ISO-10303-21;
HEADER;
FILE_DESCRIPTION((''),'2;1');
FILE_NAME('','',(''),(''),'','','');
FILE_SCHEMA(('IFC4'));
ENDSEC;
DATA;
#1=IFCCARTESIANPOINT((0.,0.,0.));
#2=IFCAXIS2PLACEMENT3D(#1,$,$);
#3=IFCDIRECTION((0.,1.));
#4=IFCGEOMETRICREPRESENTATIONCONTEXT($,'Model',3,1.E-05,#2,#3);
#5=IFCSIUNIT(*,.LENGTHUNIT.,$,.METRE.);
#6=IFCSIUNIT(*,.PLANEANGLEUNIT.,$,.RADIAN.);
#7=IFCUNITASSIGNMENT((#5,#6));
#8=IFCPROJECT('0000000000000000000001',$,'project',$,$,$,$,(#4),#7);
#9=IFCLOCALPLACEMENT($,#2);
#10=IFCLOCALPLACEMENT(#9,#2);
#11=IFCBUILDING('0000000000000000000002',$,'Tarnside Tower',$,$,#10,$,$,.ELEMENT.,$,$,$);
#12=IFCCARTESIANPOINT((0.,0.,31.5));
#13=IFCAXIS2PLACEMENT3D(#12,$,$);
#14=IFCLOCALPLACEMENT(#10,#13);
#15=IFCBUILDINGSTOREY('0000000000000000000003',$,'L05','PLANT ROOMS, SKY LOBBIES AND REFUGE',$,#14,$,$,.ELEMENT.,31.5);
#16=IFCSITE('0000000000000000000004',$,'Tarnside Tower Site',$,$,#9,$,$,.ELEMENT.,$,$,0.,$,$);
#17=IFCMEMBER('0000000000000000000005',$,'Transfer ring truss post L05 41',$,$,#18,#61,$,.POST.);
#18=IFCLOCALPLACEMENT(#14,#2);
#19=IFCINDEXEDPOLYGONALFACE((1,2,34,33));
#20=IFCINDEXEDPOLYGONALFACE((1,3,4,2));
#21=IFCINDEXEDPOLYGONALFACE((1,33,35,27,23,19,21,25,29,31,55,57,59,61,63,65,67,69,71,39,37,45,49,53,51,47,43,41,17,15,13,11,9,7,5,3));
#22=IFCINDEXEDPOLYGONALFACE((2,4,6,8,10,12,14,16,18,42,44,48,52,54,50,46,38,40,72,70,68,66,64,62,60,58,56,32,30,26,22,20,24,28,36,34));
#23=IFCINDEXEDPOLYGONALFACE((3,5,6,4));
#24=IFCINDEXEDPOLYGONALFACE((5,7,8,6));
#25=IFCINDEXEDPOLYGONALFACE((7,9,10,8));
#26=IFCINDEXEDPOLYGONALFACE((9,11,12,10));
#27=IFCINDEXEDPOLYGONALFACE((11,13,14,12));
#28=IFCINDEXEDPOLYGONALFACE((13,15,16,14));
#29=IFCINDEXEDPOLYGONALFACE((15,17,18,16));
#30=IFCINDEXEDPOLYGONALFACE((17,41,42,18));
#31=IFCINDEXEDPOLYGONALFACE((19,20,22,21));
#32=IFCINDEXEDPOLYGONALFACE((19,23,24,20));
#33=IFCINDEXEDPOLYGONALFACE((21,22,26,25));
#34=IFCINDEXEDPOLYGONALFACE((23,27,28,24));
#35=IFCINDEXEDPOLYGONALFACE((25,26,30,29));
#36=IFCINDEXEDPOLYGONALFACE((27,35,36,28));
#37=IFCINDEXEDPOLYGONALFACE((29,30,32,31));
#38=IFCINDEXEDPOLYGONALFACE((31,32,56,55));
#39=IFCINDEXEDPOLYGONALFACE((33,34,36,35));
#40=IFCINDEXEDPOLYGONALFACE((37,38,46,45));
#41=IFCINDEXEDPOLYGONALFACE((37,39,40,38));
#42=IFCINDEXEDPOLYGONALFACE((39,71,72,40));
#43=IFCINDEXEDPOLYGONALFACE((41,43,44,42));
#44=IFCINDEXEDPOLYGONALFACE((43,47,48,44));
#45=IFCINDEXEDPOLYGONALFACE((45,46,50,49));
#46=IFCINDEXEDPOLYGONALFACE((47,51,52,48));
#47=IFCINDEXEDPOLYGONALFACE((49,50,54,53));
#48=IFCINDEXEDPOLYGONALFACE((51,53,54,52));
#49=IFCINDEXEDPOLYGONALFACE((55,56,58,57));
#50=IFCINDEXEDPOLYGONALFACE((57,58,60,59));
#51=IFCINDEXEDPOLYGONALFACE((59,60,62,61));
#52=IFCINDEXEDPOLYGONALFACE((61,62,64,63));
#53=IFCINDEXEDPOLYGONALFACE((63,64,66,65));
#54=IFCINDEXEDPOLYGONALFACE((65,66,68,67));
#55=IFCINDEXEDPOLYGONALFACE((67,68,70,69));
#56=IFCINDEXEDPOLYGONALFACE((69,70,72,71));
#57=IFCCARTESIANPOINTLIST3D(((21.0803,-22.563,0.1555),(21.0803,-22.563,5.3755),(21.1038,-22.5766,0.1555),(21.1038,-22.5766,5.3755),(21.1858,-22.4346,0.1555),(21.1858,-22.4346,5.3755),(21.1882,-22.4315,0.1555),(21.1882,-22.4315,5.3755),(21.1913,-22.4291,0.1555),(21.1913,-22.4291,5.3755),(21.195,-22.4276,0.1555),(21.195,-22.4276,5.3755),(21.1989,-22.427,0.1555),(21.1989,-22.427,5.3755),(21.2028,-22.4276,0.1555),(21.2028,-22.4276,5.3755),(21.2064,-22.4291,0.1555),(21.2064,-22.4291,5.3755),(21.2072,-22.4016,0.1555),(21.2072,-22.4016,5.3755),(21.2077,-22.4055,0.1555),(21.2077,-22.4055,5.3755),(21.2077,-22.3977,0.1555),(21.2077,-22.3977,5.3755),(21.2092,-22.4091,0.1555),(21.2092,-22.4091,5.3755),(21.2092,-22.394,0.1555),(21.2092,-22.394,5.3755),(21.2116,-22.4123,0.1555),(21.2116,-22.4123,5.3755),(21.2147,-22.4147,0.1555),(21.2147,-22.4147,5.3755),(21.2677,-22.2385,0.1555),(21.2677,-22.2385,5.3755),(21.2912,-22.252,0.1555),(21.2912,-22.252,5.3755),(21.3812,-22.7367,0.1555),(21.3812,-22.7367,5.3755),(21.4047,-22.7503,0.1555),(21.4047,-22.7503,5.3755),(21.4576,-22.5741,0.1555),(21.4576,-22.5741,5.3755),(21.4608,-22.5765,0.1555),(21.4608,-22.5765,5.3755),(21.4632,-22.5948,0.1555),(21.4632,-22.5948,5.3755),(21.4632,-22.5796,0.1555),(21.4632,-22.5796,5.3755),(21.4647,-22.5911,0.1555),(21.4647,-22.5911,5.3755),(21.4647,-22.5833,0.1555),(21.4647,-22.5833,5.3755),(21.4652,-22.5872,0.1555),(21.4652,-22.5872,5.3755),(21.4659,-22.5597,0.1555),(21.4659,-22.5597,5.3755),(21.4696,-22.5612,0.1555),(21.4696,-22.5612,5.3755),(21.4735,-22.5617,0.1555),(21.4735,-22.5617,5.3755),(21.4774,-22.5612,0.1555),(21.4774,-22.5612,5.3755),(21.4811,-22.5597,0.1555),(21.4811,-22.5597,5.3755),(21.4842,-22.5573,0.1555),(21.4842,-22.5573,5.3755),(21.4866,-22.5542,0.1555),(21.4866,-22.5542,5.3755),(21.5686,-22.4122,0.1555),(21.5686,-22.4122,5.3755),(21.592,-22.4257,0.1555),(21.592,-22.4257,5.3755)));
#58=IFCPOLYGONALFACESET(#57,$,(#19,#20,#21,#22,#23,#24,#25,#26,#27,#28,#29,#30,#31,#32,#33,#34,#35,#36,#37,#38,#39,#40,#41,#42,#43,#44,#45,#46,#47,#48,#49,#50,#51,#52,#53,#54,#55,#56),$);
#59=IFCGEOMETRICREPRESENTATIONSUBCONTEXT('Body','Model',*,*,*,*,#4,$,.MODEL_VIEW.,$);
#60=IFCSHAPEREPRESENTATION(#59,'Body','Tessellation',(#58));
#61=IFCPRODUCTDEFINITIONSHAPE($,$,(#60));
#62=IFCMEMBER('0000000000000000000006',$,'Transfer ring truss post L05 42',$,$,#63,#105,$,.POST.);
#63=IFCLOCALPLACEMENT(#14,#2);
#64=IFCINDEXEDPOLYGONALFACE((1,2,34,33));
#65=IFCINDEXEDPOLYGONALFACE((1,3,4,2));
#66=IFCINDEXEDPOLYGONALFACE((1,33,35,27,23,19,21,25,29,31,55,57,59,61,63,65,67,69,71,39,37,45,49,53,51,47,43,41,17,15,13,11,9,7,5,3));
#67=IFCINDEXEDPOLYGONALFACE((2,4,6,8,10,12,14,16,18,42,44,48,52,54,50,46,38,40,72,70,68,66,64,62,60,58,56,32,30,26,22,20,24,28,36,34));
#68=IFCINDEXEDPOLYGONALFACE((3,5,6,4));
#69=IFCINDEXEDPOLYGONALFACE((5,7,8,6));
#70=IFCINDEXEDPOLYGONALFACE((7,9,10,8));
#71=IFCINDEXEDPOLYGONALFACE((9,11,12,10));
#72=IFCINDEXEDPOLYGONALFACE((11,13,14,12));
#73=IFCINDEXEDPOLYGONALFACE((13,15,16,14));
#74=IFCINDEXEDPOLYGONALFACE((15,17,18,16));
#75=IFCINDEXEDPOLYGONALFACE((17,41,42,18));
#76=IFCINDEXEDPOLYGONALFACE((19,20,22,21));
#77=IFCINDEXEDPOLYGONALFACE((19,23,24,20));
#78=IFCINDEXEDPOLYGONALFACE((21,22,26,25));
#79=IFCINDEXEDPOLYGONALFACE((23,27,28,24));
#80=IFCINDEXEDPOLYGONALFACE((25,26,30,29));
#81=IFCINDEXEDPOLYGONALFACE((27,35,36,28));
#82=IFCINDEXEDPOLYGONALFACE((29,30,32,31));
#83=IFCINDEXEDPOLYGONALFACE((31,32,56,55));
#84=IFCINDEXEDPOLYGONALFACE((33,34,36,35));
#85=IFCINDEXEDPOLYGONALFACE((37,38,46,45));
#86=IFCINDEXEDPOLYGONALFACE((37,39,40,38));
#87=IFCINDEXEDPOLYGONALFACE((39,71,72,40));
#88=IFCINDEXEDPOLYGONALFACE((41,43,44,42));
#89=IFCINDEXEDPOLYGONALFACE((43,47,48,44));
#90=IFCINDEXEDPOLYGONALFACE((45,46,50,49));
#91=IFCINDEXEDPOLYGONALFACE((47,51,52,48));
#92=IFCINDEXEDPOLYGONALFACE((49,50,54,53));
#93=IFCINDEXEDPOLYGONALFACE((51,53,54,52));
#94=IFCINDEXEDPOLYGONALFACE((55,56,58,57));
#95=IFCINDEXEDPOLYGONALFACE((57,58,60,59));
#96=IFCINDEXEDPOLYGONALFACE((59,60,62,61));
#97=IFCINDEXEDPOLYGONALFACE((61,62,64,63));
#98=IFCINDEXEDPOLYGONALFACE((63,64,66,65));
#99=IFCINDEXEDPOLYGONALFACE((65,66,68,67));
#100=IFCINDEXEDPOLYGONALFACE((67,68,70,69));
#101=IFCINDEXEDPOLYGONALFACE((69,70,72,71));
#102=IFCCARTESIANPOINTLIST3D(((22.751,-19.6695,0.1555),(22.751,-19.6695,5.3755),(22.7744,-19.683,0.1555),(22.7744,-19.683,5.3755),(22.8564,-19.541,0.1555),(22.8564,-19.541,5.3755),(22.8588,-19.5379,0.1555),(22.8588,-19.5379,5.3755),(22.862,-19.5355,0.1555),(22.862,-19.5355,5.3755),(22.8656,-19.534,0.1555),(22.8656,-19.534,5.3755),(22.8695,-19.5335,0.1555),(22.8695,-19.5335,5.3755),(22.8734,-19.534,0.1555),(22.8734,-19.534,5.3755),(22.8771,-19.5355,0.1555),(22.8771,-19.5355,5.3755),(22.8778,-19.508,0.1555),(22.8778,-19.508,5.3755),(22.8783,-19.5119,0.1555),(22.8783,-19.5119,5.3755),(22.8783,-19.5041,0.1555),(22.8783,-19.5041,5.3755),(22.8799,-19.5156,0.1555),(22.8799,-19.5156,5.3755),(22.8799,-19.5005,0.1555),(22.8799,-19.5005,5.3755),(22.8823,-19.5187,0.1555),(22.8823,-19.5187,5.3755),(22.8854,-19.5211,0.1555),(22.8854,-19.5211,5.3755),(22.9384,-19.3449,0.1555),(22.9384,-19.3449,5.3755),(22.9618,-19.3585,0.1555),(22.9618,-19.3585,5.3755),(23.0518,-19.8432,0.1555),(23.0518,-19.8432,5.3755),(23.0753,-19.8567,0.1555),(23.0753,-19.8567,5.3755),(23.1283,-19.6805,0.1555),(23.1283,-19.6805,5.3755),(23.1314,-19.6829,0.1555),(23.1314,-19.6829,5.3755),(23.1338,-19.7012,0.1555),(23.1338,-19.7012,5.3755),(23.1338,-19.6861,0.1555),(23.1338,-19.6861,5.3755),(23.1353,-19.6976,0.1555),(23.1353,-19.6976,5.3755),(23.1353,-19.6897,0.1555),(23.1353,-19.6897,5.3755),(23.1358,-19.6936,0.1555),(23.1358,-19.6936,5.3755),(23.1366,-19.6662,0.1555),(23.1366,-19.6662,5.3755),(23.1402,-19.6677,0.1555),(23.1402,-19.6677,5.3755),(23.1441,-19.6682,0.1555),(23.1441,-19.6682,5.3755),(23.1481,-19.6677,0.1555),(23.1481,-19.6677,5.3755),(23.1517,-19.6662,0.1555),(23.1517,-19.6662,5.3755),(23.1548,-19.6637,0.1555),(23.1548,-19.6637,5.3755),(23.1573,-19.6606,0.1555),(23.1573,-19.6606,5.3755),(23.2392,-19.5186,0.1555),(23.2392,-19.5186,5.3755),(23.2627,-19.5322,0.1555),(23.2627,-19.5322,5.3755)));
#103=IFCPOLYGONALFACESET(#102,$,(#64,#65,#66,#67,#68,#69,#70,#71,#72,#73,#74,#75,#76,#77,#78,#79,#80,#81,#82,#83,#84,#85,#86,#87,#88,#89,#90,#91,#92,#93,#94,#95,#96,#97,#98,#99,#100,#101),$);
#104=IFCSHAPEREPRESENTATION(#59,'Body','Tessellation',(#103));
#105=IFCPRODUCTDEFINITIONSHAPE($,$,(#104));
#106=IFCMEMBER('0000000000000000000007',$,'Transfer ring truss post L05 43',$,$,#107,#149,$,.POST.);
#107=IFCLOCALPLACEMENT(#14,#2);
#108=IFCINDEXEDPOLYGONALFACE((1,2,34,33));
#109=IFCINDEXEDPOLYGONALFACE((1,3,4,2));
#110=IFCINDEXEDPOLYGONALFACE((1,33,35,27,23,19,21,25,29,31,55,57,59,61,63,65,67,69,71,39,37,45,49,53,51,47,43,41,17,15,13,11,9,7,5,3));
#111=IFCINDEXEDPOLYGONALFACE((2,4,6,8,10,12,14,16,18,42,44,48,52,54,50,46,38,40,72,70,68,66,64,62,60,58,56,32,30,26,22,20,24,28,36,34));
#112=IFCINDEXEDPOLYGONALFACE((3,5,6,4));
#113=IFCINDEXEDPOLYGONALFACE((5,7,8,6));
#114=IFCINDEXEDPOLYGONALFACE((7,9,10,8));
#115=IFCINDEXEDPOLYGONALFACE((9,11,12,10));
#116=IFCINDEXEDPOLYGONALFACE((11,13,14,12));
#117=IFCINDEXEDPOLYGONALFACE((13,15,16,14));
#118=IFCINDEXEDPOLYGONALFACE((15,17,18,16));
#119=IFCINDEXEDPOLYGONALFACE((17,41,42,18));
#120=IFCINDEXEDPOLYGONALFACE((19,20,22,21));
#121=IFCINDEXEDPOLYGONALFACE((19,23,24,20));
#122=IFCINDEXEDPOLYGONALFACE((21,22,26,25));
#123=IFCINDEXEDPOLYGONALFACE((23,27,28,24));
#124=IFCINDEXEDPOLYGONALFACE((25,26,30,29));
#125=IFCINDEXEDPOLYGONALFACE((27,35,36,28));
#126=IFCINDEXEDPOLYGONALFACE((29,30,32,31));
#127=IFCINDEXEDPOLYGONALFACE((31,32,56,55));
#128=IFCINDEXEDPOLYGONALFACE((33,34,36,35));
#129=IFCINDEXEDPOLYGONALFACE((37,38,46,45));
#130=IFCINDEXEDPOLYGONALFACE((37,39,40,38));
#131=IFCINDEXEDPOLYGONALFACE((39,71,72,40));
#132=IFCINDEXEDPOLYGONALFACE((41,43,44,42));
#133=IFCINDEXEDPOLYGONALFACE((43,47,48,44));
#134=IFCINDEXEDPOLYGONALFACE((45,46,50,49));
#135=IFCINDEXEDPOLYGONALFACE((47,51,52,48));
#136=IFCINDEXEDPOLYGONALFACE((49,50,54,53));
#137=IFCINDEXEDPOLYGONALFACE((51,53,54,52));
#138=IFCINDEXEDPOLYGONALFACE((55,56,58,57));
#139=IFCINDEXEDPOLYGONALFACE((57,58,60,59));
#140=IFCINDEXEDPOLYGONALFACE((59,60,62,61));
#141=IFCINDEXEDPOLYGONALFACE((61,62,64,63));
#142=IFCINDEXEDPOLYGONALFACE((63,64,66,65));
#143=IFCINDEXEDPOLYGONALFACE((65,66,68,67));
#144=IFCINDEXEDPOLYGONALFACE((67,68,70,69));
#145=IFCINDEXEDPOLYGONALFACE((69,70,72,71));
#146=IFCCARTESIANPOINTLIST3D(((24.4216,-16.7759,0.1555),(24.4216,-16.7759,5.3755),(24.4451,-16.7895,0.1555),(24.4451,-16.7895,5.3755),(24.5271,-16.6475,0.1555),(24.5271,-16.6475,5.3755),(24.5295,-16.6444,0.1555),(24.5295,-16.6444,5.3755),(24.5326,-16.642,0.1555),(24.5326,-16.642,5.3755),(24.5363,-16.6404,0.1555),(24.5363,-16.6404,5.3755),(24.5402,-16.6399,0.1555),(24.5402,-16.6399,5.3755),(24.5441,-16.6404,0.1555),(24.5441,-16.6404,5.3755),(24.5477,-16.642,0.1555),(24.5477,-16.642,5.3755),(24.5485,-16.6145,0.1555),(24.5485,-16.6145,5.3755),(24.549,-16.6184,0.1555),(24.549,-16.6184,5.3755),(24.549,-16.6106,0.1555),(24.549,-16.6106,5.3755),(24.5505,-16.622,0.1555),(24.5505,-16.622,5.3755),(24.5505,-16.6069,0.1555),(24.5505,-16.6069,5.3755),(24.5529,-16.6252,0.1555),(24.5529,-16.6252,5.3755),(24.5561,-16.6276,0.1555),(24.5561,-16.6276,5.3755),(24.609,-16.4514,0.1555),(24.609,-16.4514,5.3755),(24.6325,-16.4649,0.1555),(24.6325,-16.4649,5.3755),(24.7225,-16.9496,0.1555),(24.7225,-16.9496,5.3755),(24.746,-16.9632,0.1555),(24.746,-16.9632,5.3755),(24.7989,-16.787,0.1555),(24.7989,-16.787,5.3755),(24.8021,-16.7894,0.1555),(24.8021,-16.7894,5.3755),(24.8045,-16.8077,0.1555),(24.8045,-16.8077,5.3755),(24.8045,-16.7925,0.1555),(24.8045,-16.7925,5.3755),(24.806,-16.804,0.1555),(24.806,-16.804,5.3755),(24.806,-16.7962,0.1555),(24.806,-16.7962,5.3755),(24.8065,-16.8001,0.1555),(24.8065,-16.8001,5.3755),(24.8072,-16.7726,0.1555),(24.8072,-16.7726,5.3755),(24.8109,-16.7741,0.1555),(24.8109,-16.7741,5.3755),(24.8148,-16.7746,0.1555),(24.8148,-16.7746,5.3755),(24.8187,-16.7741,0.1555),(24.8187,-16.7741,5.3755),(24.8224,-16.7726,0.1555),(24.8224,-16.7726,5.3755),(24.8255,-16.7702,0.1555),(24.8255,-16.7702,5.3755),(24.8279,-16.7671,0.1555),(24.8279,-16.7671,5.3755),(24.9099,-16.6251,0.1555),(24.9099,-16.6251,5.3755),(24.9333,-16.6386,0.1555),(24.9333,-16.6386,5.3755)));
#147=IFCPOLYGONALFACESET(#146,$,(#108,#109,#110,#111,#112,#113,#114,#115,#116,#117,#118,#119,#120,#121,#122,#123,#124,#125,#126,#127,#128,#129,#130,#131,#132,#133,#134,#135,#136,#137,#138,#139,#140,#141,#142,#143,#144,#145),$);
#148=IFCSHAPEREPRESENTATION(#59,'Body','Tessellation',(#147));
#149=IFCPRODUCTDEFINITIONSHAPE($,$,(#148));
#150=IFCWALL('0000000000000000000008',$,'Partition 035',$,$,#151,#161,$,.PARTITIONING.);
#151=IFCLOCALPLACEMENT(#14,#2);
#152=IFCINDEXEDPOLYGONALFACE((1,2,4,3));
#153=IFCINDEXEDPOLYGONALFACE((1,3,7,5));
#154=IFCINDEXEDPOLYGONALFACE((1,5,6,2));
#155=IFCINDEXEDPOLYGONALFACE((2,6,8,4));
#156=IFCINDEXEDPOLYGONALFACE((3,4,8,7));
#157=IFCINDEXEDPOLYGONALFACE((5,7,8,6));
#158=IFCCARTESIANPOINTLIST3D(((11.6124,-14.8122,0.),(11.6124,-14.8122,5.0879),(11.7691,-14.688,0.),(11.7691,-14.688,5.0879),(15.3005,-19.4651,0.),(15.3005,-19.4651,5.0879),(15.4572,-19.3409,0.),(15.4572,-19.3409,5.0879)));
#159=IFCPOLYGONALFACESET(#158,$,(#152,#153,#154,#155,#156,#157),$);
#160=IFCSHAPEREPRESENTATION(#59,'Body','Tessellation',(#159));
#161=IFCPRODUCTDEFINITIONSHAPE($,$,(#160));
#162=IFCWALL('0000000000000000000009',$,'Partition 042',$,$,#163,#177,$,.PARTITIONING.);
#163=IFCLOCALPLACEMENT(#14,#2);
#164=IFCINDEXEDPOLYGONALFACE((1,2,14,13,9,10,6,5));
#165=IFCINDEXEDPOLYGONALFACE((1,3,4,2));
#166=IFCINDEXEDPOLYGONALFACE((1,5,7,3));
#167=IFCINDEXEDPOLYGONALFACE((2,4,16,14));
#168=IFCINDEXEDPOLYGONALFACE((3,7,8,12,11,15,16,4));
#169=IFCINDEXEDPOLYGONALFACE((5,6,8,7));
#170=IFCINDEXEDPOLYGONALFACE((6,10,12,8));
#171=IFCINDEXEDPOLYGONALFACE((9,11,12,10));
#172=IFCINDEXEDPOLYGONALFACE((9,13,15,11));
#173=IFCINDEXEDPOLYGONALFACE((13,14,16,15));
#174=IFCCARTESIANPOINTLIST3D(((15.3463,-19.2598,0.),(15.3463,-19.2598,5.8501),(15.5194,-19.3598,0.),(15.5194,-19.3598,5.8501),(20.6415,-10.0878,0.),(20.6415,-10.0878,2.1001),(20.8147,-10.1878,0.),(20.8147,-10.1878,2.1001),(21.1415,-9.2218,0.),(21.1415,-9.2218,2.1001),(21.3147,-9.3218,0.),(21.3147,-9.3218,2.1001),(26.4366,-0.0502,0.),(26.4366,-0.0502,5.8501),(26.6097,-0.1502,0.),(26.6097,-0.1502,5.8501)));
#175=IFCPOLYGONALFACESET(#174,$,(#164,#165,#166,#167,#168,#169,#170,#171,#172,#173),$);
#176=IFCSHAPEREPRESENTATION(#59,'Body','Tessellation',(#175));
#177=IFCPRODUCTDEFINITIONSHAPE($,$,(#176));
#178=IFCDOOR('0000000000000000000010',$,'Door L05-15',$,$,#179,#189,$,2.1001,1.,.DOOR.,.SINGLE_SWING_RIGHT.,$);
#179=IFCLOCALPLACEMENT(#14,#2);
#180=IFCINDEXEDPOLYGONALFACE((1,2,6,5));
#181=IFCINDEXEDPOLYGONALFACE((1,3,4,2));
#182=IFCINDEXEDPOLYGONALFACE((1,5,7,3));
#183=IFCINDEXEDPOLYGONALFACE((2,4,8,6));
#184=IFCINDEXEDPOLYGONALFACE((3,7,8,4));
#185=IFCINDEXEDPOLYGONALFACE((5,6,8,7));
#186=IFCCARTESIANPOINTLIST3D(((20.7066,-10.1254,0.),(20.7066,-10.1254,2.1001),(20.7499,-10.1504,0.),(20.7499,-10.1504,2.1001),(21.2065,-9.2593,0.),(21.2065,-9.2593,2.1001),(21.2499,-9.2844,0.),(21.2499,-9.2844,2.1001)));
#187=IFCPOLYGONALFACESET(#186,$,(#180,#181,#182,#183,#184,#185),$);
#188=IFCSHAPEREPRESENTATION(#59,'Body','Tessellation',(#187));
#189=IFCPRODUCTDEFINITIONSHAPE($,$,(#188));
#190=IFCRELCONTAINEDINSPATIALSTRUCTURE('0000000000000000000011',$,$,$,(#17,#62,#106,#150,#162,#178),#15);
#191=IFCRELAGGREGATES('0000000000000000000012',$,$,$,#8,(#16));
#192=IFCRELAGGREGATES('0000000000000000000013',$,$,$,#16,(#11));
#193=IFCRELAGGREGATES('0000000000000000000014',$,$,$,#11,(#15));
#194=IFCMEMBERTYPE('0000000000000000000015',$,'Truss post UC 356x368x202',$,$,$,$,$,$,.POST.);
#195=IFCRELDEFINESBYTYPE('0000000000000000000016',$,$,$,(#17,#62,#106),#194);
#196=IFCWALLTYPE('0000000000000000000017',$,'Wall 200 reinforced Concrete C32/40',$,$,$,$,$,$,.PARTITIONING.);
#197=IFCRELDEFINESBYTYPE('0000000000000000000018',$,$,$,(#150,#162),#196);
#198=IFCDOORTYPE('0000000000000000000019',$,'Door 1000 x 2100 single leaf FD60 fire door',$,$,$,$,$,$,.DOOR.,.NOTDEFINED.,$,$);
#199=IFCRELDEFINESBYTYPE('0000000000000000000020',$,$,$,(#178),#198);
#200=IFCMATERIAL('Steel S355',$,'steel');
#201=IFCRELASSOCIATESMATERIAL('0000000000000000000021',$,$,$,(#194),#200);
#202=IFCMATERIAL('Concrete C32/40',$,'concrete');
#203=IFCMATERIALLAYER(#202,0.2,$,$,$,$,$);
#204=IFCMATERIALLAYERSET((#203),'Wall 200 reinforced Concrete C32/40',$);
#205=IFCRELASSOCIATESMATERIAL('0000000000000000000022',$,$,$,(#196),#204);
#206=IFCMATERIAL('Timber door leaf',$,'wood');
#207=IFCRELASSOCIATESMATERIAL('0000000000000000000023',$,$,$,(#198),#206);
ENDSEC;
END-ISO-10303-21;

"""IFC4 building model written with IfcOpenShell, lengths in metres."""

from ifc_helpers import new_model, si_unit, direction, frame, frame_2d, origin, origin_2d, place, context, subcontext, project, spatial, rectangle, i_section, extrude, material, layer, layer_set, material_profile, profile_set, type_object, element, fill, save


model = new_model("IFC4")

# Units and contexts
model_context = context("Model", 3, precision=1e-05, world=origin(), true_north=direction((0.0, 1.0)))
body_context = subcontext(model_context, "Body", "Model", "MODEL_VIEW")
ifc_project = project(units=[si_unit("LENGTHUNIT", "METRE"), si_unit("PLANEANGLEUNIT", "RADIAN")], contexts=[model_context])

# Site, building, storey
site_placement = place(None, origin())
site = spatial("IfcSite", under=ifc_project, at=site_placement, Name="Tarnside Tower Site", CompositionType="ELEMENT", RefElevation=0.0)
building_placement = place(site_placement, origin())
building = spatial("IfcBuilding", under=site, at=building_placement, Name="Tarnside Tower", CompositionType="ELEMENT")
storey_placement = place(building_placement, frame((0.0, 0.0, 31.5)))
storey = spatial("IfcBuildingStorey", under=building, at=storey_placement, Name="L05", Description="PLANT ROOMS, SKY LOBBIES AND REFUGE", CompositionType="ELEMENT", Elevation=31.5)

# Shared definitions
ifc_material_1 = material(Name="Steel S355", Category="steel")

# Members
ifc_material_profile_1 = material_profile(ifc_material_1, i_section(OverallWidth=0.3748, OverallDepth=0.3745, WebThickness=0.0166, FlangeThickness=0.0271, FilletRadius=0.0151, at=origin_2d()), Name="UC 356x368x202")
ifc_profile_set_1 = profile_set([ifc_material_profile_1], Name="Steel S355")
member_type_1 = type_object("IfcMemberType", Name="Truss post UC 356x368x202", PredefinedType="POST", material=ifc_profile_set_1)
for number, where, z_axis, x_axis, name in (
    (1, (21.3362, -22.4944, 0.1555), (0.0, 0.0, 1.0), (0.5, 0.866025, 0.0), "Transfer ring truss post L05 41"),
    (2, (23.0068, -19.6008, 0.1555), (0.0, 0.0, 1.0), (0.5, 0.866025, 0.0), "Transfer ring truss post L05 42"),
    (3, (24.6775, -16.7073, 0.1555), (0.0, 0.0, 1.0), (0.5, 0.866025, 0.0), "Transfer ring truss post L05 43"),
):
    element("IfcMember", number, at=place(storey_placement, frame(where, z_axis=z_axis, x_axis=x_axis)), inside=storey, type_object=member_type_1, Name=name, PredefinedType="POST", context=body_context, shape_type="SweptSolid", body=[
        extrude(i_section(OverallWidth=0.3748, OverallDepth=0.3745, WebThickness=0.0166, FlangeThickness=0.0271, FilletRadius=0.0151, at=origin_2d()), origin(), (0.0, 0.0, 1.0), 5.22),
    ])

# Wall
ifc_material_2 = material(Name="Concrete C32/40", Category="concrete")
ifc_layer = layer(ifc_material_2, 0.2)
ifc_layer_set = layer_set([ifc_layer], Name="Wall 200 reinforced Concrete C32/40")
wall_type = type_object("IfcWallType", Name="Wall 200 reinforced Concrete C32/40", PredefinedType="PARTITIONING", material=ifc_layer_set)
wall_1_placement = place(storey_placement, frame((15.3789, -19.4031, 0.0), z_axis=(0.0, 0.0, 1.0), x_axis=(-0.621168, 0.783677, 0.0)))
element("IfcWall", 4, at=wall_1_placement, inside=storey, type_object=wall_type, Name="Partition 035", PredefinedType="PARTITIONING", context=body_context, shape_type="SweptSolid", body=[
    extrude(rectangle(XDim=5.9373, YDim=0.2, at=frame_2d((2.9688, 0.0))), origin(), (0.0, 0.0, 1.0), 5.0879),
])

# Wall, opening, door
wall_2_placement = place(storey_placement, frame((15.4329, -19.3098, 0.0), z_axis=(0.0, 0.0, 1.0), x_axis=(0.499986, 0.866033, 0.0)))
wall_2 = element("IfcWall", 5, at=wall_2_placement, inside=storey, type_object=wall_type, Name="Partition 042", PredefinedType="PARTITIONING", context=body_context, shape_type="SweptSolid", body=[
    extrude(rectangle(XDim=22.1812, YDim=0.2, at=frame_2d((11.0906, 0.0))), origin(), (0.0, 0.0, 1.0), 5.8501),
])
opening_placement = place(wall_2_placement, frame((10.5908, 0.0, 0.0)))
opening = element("IfcOpeningElement", 6, at=opening_placement, cuts=wall_2, PredefinedType="OPENING", context=body_context, shape_type="SweptSolid", body=[
    extrude(rectangle(XDim=1.0, YDim=2.1001, at=frame_2d((0.5, 1.05))), frame((0.0, 0.1099, 0.0), z_axis=(0.0, -1.0, 0.0), x_axis=(1.0, 0.0, 0.0)), (0.0, 0.0, 1.0), 0.22),
])
ifc_material_3 = material(Name="Timber door leaf", Category="wood")
door_type = type_object("IfcDoorType", Name="Door 1000 x 2100 single leaf FD60 fire door", OperationType="NOTDEFINED", PredefinedType="DOOR", material=ifc_material_3)
door_placement = place(opening_placement, origin())
door = element("IfcDoor", 7, at=door_placement, inside=storey, type_object=door_type, Name="Door L05-15", OperationType="SINGLE_SWING_RIGHT", OverallHeight=2.1001, OverallWidth=1.0, PredefinedType="DOOR", context=body_context, shape_type="SweptSolid", body=[
    extrude(rectangle(XDim=1.0, YDim=2.1001, at=frame_2d((0.5, 1.05))), frame((0.0, 0.0249, 0.0), z_axis=(0.0, -1.0, 0.0), x_axis=(1.0, 0.0, 0.0)), (0.0, 0.0, 1.0), 0.05),
])
fill(opening, door)

save(model, "model.ifc")
